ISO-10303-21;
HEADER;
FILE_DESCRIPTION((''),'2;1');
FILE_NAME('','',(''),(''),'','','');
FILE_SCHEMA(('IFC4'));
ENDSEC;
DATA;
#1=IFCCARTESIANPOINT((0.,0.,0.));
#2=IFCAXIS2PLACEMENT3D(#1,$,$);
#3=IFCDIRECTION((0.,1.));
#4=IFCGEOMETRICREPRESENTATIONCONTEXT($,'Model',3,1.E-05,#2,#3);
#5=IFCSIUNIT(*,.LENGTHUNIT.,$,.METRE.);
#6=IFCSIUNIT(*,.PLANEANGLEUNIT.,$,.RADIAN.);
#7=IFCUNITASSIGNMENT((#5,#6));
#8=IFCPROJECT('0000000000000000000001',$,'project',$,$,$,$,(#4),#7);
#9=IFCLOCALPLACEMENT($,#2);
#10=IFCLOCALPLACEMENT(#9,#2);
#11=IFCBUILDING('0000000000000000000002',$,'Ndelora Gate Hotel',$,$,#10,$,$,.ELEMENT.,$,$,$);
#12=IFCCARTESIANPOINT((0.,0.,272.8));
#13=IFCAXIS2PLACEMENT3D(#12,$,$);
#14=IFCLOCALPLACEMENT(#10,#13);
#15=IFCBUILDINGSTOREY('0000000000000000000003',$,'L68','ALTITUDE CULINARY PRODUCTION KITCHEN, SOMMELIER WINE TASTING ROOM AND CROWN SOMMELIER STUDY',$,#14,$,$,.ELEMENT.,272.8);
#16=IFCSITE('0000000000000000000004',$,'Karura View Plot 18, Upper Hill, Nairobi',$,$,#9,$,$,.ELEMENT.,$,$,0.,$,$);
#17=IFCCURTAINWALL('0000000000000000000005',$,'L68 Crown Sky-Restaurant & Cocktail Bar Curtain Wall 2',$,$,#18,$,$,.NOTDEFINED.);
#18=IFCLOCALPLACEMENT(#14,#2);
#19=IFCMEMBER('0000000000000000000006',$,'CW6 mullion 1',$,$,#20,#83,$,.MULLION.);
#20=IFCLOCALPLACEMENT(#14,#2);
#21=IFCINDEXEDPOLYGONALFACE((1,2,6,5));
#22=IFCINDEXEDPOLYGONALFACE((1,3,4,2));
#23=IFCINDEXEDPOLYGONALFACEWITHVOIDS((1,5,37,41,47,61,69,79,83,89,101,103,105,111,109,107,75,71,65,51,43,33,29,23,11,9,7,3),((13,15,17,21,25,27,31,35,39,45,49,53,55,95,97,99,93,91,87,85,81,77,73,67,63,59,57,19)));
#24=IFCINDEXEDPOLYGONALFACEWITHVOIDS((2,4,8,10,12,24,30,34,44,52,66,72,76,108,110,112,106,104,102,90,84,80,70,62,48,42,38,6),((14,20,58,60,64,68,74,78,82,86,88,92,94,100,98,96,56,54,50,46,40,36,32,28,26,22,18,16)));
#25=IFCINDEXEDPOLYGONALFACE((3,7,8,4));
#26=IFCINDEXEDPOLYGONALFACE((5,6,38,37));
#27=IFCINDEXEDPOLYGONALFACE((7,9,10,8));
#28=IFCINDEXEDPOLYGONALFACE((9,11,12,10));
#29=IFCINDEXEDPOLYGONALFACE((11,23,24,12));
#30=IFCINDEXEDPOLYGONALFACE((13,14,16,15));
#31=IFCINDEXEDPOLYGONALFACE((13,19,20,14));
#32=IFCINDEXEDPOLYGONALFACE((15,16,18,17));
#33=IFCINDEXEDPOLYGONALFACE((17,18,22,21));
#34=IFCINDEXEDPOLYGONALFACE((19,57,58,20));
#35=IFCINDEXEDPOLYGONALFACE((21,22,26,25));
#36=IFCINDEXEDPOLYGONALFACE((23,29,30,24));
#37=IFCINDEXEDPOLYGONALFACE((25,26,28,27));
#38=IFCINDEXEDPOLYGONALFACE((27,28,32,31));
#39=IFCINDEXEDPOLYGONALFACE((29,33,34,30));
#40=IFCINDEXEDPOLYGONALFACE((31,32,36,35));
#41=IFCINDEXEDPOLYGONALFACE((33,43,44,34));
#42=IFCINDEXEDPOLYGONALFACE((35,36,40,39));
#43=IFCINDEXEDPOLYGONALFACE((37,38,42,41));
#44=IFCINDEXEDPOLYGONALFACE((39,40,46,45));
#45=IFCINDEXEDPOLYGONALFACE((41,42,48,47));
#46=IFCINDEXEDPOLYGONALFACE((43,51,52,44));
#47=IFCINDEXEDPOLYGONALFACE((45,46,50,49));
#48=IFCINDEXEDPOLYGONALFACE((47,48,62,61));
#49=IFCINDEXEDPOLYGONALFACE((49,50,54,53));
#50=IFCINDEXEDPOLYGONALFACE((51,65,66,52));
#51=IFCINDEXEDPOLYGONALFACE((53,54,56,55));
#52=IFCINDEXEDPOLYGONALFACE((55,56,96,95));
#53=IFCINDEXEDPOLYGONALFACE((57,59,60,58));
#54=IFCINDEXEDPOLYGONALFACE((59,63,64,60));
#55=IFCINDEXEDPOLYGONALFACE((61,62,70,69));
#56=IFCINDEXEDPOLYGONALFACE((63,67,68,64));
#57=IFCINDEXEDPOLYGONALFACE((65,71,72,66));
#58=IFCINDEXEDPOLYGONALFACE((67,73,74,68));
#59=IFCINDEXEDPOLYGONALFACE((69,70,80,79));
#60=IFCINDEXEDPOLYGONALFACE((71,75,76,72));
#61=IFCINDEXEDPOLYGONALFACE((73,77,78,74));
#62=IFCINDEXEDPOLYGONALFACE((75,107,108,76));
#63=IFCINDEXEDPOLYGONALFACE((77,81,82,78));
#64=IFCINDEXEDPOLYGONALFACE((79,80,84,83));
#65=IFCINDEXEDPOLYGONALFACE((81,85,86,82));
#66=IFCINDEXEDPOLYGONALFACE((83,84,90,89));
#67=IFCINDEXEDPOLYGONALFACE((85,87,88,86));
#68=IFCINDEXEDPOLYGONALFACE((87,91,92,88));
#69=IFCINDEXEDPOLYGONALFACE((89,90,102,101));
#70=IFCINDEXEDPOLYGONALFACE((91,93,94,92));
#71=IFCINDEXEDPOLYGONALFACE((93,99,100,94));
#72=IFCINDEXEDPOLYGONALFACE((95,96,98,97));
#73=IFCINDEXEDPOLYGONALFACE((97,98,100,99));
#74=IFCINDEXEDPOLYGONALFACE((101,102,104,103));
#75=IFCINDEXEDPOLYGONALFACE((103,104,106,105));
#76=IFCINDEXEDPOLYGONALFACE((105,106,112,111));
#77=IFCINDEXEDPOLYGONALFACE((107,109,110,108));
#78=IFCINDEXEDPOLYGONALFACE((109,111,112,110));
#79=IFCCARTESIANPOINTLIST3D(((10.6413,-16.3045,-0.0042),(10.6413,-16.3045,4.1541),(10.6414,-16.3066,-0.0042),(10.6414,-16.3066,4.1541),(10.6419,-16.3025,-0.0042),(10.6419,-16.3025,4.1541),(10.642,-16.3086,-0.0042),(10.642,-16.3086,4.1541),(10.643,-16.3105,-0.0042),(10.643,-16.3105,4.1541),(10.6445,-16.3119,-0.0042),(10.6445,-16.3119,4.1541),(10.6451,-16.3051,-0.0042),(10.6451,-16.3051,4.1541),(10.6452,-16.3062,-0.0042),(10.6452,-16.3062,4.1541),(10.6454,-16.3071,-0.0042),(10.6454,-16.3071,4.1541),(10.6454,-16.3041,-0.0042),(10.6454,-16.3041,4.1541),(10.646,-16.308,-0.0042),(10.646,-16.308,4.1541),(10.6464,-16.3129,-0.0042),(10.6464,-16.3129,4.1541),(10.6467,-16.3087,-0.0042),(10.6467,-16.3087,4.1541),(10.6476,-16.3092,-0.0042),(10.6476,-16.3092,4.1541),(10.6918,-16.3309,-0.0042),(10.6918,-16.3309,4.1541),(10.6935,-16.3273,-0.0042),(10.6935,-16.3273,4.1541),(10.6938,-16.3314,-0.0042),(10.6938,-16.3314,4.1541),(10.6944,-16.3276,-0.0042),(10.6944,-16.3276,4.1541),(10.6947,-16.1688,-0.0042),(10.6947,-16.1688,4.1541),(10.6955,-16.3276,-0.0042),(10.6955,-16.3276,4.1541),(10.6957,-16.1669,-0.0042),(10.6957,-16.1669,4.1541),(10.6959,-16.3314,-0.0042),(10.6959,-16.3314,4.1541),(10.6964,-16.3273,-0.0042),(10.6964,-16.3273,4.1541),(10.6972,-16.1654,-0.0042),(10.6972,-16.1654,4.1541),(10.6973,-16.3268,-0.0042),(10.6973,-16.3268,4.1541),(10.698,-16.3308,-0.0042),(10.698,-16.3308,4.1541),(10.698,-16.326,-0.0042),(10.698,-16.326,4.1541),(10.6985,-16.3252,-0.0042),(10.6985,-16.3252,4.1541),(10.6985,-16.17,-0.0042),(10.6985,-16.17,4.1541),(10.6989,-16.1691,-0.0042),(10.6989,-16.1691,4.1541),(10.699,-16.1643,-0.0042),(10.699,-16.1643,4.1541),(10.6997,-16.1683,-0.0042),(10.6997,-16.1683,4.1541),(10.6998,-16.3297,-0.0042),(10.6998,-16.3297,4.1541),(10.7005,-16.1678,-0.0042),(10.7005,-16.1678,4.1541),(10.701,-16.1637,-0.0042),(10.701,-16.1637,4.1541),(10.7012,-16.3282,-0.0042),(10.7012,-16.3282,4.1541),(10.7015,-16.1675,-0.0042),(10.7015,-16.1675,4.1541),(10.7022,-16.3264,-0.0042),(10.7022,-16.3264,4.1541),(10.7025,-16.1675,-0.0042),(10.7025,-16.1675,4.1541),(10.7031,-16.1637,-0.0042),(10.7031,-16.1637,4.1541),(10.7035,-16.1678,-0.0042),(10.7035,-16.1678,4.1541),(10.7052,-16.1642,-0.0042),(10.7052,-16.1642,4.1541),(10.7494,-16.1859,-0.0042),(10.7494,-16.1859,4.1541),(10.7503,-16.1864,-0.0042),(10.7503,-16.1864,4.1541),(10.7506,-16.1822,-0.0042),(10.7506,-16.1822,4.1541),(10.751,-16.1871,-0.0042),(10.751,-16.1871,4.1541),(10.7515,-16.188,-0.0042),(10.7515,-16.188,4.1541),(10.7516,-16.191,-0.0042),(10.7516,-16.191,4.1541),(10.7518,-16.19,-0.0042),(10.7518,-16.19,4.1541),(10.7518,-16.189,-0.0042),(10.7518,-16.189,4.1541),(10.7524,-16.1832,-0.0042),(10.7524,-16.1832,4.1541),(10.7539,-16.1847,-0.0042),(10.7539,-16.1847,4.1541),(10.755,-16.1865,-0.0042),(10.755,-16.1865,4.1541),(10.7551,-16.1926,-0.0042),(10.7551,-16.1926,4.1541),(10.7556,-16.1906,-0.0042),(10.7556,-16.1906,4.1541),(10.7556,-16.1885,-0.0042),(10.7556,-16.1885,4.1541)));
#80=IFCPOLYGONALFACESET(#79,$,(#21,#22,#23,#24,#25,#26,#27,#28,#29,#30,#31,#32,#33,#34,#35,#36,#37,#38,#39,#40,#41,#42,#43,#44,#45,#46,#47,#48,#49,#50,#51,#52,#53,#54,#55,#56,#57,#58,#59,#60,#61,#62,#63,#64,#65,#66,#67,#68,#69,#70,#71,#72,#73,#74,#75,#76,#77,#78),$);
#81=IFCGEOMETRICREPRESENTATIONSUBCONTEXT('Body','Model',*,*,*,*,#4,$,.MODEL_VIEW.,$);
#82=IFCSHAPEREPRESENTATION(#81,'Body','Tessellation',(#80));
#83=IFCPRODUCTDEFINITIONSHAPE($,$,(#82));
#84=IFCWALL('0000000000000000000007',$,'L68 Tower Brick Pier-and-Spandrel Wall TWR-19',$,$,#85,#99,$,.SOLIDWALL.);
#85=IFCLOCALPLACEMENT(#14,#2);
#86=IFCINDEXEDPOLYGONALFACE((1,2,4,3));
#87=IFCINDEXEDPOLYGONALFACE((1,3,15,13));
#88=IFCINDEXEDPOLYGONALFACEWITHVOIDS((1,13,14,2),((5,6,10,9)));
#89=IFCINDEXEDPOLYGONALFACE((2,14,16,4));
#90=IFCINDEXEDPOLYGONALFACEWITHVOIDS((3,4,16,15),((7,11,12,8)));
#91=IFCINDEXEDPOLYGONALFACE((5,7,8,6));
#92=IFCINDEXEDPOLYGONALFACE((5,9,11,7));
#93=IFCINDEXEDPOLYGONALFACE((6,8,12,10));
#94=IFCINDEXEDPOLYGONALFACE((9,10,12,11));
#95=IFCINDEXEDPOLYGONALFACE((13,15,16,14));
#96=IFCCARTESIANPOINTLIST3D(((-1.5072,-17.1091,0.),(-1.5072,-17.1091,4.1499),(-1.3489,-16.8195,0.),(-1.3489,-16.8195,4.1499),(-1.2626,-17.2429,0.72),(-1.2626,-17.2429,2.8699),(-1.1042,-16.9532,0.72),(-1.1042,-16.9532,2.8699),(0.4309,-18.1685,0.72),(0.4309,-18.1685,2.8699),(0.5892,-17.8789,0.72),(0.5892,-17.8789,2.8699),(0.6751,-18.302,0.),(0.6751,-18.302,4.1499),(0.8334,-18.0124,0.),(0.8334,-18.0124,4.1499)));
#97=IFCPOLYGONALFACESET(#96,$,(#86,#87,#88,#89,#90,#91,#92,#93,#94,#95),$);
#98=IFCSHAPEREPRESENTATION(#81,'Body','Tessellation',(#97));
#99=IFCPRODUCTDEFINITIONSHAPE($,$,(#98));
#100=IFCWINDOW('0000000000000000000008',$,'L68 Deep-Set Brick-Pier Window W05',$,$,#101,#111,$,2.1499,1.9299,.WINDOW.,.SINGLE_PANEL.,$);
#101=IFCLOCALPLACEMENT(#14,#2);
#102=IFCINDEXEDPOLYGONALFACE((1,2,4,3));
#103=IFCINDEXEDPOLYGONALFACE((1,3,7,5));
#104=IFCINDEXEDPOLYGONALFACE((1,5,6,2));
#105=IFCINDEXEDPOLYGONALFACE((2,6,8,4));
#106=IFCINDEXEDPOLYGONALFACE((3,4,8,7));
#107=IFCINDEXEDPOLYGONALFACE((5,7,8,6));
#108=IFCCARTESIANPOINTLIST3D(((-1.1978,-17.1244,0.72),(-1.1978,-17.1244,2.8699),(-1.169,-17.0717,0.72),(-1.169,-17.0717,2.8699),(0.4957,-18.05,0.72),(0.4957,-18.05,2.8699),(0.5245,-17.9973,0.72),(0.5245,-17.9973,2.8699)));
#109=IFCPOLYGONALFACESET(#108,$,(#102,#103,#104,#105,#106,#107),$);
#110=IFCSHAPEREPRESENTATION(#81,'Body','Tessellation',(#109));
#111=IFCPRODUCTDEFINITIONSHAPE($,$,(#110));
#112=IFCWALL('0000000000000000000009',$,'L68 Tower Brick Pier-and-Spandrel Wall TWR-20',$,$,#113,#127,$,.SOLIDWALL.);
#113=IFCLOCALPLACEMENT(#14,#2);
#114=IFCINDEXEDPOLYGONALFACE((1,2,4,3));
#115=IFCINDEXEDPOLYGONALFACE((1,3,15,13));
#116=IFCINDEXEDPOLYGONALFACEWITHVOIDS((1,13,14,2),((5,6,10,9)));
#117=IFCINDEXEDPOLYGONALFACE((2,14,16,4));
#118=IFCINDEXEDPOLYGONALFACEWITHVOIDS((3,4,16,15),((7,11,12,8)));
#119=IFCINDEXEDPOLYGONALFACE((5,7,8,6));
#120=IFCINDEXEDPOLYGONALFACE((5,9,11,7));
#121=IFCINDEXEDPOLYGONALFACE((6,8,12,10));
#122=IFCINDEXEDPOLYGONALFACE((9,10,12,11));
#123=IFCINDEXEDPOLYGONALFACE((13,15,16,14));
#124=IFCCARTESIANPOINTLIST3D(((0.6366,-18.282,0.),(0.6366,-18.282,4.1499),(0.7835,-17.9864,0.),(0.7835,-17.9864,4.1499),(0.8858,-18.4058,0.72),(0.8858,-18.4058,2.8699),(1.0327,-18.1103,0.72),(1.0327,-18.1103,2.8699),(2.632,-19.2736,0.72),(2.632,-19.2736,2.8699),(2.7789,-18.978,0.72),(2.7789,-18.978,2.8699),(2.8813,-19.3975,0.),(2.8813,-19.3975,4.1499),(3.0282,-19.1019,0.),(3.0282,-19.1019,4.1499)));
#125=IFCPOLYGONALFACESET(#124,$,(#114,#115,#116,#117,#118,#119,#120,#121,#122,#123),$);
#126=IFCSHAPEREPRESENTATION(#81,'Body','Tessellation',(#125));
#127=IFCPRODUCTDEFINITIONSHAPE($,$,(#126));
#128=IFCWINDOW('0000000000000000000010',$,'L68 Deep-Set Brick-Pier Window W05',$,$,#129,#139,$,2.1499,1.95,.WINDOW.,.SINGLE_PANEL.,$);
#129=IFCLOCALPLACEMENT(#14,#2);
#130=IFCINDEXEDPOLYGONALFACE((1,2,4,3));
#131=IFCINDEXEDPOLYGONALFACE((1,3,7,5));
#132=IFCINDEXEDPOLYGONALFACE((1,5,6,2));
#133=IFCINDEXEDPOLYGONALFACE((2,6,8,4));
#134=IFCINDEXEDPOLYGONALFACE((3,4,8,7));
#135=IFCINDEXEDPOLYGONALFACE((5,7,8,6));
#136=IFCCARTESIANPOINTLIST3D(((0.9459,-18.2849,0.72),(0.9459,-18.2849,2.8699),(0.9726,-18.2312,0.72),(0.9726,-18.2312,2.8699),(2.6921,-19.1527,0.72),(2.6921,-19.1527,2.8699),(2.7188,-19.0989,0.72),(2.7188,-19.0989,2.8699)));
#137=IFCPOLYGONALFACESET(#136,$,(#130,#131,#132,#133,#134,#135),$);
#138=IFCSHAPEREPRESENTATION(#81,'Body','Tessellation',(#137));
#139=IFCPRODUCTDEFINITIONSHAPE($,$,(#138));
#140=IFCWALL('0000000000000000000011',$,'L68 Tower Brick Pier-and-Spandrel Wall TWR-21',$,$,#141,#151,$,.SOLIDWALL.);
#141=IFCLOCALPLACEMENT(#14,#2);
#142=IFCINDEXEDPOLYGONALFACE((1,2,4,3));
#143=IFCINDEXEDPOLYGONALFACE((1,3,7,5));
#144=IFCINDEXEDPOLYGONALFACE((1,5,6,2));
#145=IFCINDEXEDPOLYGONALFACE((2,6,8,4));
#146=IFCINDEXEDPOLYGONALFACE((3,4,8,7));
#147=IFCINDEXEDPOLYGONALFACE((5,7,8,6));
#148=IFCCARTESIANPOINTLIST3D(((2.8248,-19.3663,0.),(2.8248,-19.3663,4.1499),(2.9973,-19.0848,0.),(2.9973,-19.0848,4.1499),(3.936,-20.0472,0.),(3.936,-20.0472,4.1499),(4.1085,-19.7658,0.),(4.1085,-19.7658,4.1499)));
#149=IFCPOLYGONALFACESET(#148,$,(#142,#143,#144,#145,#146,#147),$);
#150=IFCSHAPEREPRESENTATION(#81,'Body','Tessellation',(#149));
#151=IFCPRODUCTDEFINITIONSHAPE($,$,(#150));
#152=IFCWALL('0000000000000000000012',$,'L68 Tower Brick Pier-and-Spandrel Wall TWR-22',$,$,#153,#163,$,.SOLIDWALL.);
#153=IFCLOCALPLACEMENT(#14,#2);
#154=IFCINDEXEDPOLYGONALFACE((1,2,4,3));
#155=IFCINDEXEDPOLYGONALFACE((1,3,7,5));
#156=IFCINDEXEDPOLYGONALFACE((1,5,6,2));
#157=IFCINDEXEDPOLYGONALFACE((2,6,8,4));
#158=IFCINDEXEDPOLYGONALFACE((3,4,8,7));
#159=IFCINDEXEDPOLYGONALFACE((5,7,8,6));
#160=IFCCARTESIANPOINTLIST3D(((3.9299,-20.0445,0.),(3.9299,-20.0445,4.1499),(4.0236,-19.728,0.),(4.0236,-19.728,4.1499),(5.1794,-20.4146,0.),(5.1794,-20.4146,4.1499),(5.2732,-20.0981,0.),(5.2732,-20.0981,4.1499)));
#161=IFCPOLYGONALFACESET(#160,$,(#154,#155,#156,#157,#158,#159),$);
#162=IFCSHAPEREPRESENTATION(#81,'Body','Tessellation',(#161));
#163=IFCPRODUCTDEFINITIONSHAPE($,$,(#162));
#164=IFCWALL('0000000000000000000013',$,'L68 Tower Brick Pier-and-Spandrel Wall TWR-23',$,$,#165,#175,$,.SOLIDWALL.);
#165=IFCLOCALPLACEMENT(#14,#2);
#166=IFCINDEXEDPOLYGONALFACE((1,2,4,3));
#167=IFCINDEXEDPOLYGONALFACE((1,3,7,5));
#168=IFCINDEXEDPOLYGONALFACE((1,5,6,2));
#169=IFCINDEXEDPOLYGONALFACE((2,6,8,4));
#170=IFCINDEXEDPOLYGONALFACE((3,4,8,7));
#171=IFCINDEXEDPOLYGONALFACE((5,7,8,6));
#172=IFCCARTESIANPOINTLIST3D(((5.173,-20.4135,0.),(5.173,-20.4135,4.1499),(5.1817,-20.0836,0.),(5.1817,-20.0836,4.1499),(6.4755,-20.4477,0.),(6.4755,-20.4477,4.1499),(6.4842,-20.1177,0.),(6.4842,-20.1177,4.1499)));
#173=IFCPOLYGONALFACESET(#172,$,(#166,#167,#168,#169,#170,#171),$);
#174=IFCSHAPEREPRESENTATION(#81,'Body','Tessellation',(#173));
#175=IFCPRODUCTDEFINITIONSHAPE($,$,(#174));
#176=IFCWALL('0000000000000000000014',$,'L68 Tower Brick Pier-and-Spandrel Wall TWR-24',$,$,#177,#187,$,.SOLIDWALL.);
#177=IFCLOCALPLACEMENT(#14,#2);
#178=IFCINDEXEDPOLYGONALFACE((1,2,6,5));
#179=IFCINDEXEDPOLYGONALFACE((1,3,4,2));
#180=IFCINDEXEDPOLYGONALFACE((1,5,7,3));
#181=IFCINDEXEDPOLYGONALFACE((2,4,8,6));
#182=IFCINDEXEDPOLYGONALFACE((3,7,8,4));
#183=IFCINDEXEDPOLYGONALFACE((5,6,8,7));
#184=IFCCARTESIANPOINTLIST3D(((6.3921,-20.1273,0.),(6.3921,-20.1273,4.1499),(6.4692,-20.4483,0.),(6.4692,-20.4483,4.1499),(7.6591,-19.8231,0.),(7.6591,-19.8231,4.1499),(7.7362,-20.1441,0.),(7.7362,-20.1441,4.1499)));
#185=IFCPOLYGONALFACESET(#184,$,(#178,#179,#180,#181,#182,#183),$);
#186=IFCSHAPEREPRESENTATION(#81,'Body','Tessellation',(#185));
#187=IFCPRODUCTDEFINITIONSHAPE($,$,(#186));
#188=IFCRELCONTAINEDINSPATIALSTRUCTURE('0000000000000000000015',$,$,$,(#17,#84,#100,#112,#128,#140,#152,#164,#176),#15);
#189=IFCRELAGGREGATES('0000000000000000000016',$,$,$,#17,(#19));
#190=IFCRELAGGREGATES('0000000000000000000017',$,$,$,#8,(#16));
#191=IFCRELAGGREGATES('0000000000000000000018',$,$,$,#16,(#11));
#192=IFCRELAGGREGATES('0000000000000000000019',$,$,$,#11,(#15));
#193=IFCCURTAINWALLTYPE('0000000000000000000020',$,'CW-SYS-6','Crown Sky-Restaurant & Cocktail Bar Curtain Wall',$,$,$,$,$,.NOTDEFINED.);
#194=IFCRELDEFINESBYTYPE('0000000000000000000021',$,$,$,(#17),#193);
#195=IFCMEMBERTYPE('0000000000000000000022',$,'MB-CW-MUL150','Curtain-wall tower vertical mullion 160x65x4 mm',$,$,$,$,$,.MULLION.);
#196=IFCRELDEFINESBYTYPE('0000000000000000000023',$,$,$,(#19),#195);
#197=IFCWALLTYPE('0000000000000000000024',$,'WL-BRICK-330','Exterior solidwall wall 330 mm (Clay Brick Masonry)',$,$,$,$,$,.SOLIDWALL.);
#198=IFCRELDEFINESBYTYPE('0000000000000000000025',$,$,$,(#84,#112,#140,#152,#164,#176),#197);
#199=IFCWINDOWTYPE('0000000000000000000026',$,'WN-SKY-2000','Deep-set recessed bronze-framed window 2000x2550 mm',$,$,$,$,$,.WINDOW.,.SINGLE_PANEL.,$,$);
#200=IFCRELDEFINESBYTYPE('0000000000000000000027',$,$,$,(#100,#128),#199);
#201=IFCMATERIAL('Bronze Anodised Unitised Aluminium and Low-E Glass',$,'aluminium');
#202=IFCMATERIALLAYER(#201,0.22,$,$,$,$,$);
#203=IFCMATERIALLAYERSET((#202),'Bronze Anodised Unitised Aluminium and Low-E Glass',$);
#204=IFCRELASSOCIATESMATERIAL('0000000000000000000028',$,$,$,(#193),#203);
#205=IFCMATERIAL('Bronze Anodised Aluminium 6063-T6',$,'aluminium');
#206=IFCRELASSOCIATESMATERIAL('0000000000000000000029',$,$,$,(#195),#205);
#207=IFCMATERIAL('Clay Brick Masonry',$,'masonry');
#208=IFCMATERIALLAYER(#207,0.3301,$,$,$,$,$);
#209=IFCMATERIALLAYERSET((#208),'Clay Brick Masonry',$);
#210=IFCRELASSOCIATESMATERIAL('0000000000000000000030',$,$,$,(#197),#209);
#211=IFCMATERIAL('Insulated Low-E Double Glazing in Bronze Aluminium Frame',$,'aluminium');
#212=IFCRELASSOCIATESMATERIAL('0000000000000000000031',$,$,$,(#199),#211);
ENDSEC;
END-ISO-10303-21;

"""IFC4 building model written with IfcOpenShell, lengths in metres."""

from ifc_helpers import new_model, si_unit, direction, frame, frame_2d, origin, origin_2d, place, context, subcontext, project, spatial, rectangle, hollow_rectangle, extrude, material, layer, layer_set, material_profile, profile_set, type_object, element, fill, aggregate, save


model = new_model("IFC4")

# Units and contexts
model_context = context("Model", 3, precision=1e-05, world=origin(), true_north=direction((0.0, 1.0)))
body_context = subcontext(model_context, "Body", "Model", "MODEL_VIEW")
ifc_project = project(units=[si_unit("LENGTHUNIT", "METRE"), si_unit("PLANEANGLEUNIT", "RADIAN")], contexts=[model_context])

# Site, building, storey
site_placement = place(None, origin())
site = spatial("IfcSite", under=ifc_project, at=site_placement, Name="Karura View Plot 18, Upper Hill, Nairobi", CompositionType="ELEMENT", RefElevation=0.0)
building_placement = place(site_placement, origin())
building = spatial("IfcBuilding", under=site, at=building_placement, Name="Ndelora Gate Hotel", CompositionType="ELEMENT")
storey_placement = place(building_placement, frame((0.0, 0.0, 272.8)))
storey = spatial("IfcBuildingStorey", under=building, at=storey_placement, Name="L68", Description="ALTITUDE CULINARY PRODUCTION KITCHEN, SOMMELIER WINE TASTING ROOM AND CROWN SOMMELIER STUDY", CompositionType="ELEMENT", Elevation=272.8)

# Curtain wall, member
ifc_material_1 = material(Name="Bronze Anodised Unitised Aluminium and Low-E Glass", Category="aluminium")
ifc_layer_1 = layer(ifc_material_1, 0.22)
ifc_layer_set_1 = layer_set([ifc_layer_1], Name="Bronze Anodised Unitised Aluminium and Low-E Glass")
curtain_wall_type = type_object("IfcCurtainWallType", Name="CW-SYS-6", Description="Crown Sky-Restaurant & Cocktail Bar Curtain Wall", PredefinedType="NOTDEFINED", material=ifc_layer_set_1)
curtain_wall_placement = place(storey_placement, origin())
curtain_wall = element("IfcCurtainWall", 1, at=curtain_wall_placement, inside=storey, type_object=curtain_wall_type, Name="L68 Crown Sky-Restaurant & Cocktail Bar Curtain Wall 2", PredefinedType="NOTDEFINED")
ifc_material_2 = material(Name="Bronze Anodised Aluminium 6063-T6", Category="aluminium")
ifc_material_profile_1 = material_profile(ifc_material_2, hollow_rectangle(XDim=0.0649, YDim=0.1599, WallThickness=0.0039, InnerFilletRadius=0.0039, OuterFilletRadius=0.0081, at=origin_2d()), Name="ALU 160x65x4")
ifc_profile_set_1 = profile_set([ifc_material_profile_1], Name="Bronze Anodised Aluminium 6063-T6")
member_type = type_object("IfcMemberType", Name="MB-CW-MUL150", Description="Curtain-wall tower vertical mullion 160x65x4 mm", PredefinedType="MULLION", material=ifc_profile_set_1)
member_placement = place(storey_placement, frame((10.6985, -16.2476, -0.0042), z_axis=(0.0, 0.0, 1.0), x_axis=(-0.929944, 0.3677, 0.0)))
member = element("IfcMember", 2, at=member_placement, type_object=member_type, Name="CW6 mullion 1", PredefinedType="MULLION", context=body_context, shape_type="SweptSolid", body=[
    extrude(hollow_rectangle(XDim=0.0649, YDim=0.1599, WallThickness=0.0039, InnerFilletRadius=0.0039, OuterFilletRadius=0.0081, at=origin_2d()), origin(), (0.0, 0.0, 1.0), 4.1582),
])
aggregate(curtain_wall, [member])

# Walls, openings, windows
ifc_material_3 = material(Name="Clay Brick Masonry", Category="masonry")
ifc_layer_2 = layer(ifc_material_3, 0.3301)
ifc_layer_set_2 = layer_set([ifc_layer_2], Name="Clay Brick Masonry")
wall_type = type_object("IfcWallType", Name="WL-BRICK-330", Description="Exterior solidwall wall 330 mm (Clay Brick Masonry)", PredefinedType="SOLIDWALL", material=ifc_layer_set_2)
wall_1_placement = place(storey_placement, frame((0.7544, -18.1572, 0.0), z_axis=(0.0, 0.0, 1.0), x_axis=(-0.877475, 0.479622, 0.0)))
wall_1 = element("IfcWall", 3, at=wall_1_placement, inside=storey, type_object=wall_type, Name="L68 Tower Brick Pier-and-Spandrel Wall TWR-19", PredefinedType="SOLIDWALL", context=body_context, shape_type="SweptSolid", body=[
    extrude(rectangle(XDim=2.4871, YDim=0.3301, at=frame_2d((1.2437, 0.0))), origin(), (0.0, 0.0, 1.0), 4.1499),
])
opening_1_placement = place(wall_1_placement, frame((0.2786, 0.0, 0.72)))
opening_1 = element("IfcOpeningElement", 4, at=opening_1_placement, cuts=wall_1, PredefinedType="OPENING", context=body_context, shape_type="SweptSolid", body=[
    extrude(rectangle(XDim=1.9299, YDim=2.1499, at=frame_2d((0.9648, 1.075))), frame((0.0, 0.175, 0.0), z_axis=(0.0, -1.0, 0.0), x_axis=(1.0, 0.0, 0.0)), (0.0, 0.0, 1.0), 0.3501),
])
ifc_material_4 = material(Name="Insulated Low-E Double Glazing in Bronze Aluminium Frame", Category="aluminium")
window_type = type_object("IfcWindowType", Name="WN-SKY-2000", Description="Deep-set recessed bronze-framed window 2000x2550 mm", PartitioningType="SINGLE_PANEL", PredefinedType="WINDOW", material=ifc_material_4)
window_1_placement = place(opening_1_placement, origin())
window_1 = element("IfcWindow", 5, at=window_1_placement, inside=storey, type_object=window_type, Name="L68 Deep-Set Brick-Pier Window W05", OverallHeight=2.1499, OverallWidth=1.9299, PartitioningType="SINGLE_PANEL", PredefinedType="WINDOW", context=body_context, shape_type="SweptSolid", body=[
    extrude(rectangle(XDim=1.9299, YDim=2.1499, at=frame_2d((0.9648, 1.075))), frame((0.0, 0.03, 0.0), z_axis=(0.0, -1.0, 0.0), x_axis=(1.0, 0.0, 0.0)), (0.0, 0.0, 1.0), 0.0601),
])
fill(opening_1, window_1)
wall_2_placement = place(storey_placement, frame((2.9548, -19.2498, 0.0), z_axis=(0.0, 0.0, 1.0), x_axis=(-0.895515, 0.44503, 0.0)))
wall_2 = element("IfcWall", 6, at=wall_2_placement, inside=storey, type_object=wall_type, Name="L68 Tower Brick Pier-and-Spandrel Wall TWR-20", PredefinedType="SOLIDWALL", context=body_context, shape_type="SweptSolid", body=[
    extrude(rectangle(XDim=2.5066, YDim=0.3301, at=frame_2d((1.2534, 0.0))), origin(), (0.0, 0.0, 1.0), 4.1499),
])
opening_2_placement = place(wall_2_placement, frame((0.2783, 0.0, 0.72)))
opening_2 = element("IfcOpeningElement", 7, at=opening_2_placement, cuts=wall_2, PredefinedType="OPENING", context=body_context, shape_type="SweptSolid", body=[
    extrude(rectangle(XDim=1.95, YDim=2.1499, at=frame_2d((0.9751, 1.075))), frame((0.0, 0.175, 0.0), z_axis=(0.0, -1.0, 0.0), x_axis=(1.0, 0.0, 0.0)), (0.0, 0.0, 1.0), 0.3501),
])
window_2_placement = place(opening_2_placement, origin())
window_2 = element("IfcWindow", 8, at=window_2_placement, inside=storey, type_object=window_type, Name="L68 Deep-Set Brick-Pier Window W05", OverallHeight=2.1499, OverallWidth=1.95, PartitioningType="SINGLE_PANEL", PredefinedType="WINDOW", context=body_context, shape_type="SweptSolid", body=[
    extrude(rectangle(XDim=1.95, YDim=2.1499, at=frame_2d((0.9751, 1.075))), frame((0.0, 0.03, 0.0), z_axis=(0.0, -1.0, 0.0), x_axis=(1.0, 0.0, 0.0)), (0.0, 0.0, 1.0), 0.0601),
])
fill(opening_2, window_2)

# Walls
for number, where, z_axis, x_axis, name in (
    (9, (4.0222, -19.9065, 0.0), (0.0, 0.0, 1.0), (-0.852628, 0.522518, 0.0), "L68 Tower Brick Pier-and-Spandrel Wall TWR-21"),
    (10, (5.2263, -20.2563, 0.0), (0.0, 0.0, 1.0), (-0.958821, 0.284012, 0.0), "L68 Tower Brick Pier-and-Spandrel Wall TWR-22"),
):
    element("IfcWall", number, at=place(storey_placement, frame(where, z_axis=z_axis, x_axis=x_axis)), inside=storey, type_object=wall_type, Name=name, PredefinedType="SOLIDWALL", context=body_context, shape_type="SweptSolid", body=[
        extrude(rectangle(XDim=1.3032, YDim=0.3301, at=frame_2d((0.6516, 0.0))), origin(), (0.0, 0.0, 1.0), 4.1499),
    ])
for number, where, z_axis, x_axis, name in (
    (11, (6.4797, -20.2827, 0.0), (0.0, 0.0, 1.0), (-0.999656, 0.026233, 0.0), "L68 Tower Brick Pier-and-Spandrel Wall TWR-23"),
    (12, (7.6975, -19.9836, 0.0), (0.0, 0.0, 1.0), (-0.97237, -0.233444, 0.0), "L68 Tower Brick Pier-and-Spandrel Wall TWR-24"),
):
    element("IfcWall", number, at=place(storey_placement, frame(where, z_axis=z_axis, x_axis=x_axis)), inside=storey, type_object=wall_type, Name=name, PredefinedType="SOLIDWALL", context=body_context, shape_type="SweptSolid", body=[
        extrude(rectangle(XDim=1.303, YDim=0.3301, at=frame_2d((0.6514, 0.0))), origin(), (0.0, 0.0, 1.0), 4.1499),
    ])

save(model, "model.ifc")
